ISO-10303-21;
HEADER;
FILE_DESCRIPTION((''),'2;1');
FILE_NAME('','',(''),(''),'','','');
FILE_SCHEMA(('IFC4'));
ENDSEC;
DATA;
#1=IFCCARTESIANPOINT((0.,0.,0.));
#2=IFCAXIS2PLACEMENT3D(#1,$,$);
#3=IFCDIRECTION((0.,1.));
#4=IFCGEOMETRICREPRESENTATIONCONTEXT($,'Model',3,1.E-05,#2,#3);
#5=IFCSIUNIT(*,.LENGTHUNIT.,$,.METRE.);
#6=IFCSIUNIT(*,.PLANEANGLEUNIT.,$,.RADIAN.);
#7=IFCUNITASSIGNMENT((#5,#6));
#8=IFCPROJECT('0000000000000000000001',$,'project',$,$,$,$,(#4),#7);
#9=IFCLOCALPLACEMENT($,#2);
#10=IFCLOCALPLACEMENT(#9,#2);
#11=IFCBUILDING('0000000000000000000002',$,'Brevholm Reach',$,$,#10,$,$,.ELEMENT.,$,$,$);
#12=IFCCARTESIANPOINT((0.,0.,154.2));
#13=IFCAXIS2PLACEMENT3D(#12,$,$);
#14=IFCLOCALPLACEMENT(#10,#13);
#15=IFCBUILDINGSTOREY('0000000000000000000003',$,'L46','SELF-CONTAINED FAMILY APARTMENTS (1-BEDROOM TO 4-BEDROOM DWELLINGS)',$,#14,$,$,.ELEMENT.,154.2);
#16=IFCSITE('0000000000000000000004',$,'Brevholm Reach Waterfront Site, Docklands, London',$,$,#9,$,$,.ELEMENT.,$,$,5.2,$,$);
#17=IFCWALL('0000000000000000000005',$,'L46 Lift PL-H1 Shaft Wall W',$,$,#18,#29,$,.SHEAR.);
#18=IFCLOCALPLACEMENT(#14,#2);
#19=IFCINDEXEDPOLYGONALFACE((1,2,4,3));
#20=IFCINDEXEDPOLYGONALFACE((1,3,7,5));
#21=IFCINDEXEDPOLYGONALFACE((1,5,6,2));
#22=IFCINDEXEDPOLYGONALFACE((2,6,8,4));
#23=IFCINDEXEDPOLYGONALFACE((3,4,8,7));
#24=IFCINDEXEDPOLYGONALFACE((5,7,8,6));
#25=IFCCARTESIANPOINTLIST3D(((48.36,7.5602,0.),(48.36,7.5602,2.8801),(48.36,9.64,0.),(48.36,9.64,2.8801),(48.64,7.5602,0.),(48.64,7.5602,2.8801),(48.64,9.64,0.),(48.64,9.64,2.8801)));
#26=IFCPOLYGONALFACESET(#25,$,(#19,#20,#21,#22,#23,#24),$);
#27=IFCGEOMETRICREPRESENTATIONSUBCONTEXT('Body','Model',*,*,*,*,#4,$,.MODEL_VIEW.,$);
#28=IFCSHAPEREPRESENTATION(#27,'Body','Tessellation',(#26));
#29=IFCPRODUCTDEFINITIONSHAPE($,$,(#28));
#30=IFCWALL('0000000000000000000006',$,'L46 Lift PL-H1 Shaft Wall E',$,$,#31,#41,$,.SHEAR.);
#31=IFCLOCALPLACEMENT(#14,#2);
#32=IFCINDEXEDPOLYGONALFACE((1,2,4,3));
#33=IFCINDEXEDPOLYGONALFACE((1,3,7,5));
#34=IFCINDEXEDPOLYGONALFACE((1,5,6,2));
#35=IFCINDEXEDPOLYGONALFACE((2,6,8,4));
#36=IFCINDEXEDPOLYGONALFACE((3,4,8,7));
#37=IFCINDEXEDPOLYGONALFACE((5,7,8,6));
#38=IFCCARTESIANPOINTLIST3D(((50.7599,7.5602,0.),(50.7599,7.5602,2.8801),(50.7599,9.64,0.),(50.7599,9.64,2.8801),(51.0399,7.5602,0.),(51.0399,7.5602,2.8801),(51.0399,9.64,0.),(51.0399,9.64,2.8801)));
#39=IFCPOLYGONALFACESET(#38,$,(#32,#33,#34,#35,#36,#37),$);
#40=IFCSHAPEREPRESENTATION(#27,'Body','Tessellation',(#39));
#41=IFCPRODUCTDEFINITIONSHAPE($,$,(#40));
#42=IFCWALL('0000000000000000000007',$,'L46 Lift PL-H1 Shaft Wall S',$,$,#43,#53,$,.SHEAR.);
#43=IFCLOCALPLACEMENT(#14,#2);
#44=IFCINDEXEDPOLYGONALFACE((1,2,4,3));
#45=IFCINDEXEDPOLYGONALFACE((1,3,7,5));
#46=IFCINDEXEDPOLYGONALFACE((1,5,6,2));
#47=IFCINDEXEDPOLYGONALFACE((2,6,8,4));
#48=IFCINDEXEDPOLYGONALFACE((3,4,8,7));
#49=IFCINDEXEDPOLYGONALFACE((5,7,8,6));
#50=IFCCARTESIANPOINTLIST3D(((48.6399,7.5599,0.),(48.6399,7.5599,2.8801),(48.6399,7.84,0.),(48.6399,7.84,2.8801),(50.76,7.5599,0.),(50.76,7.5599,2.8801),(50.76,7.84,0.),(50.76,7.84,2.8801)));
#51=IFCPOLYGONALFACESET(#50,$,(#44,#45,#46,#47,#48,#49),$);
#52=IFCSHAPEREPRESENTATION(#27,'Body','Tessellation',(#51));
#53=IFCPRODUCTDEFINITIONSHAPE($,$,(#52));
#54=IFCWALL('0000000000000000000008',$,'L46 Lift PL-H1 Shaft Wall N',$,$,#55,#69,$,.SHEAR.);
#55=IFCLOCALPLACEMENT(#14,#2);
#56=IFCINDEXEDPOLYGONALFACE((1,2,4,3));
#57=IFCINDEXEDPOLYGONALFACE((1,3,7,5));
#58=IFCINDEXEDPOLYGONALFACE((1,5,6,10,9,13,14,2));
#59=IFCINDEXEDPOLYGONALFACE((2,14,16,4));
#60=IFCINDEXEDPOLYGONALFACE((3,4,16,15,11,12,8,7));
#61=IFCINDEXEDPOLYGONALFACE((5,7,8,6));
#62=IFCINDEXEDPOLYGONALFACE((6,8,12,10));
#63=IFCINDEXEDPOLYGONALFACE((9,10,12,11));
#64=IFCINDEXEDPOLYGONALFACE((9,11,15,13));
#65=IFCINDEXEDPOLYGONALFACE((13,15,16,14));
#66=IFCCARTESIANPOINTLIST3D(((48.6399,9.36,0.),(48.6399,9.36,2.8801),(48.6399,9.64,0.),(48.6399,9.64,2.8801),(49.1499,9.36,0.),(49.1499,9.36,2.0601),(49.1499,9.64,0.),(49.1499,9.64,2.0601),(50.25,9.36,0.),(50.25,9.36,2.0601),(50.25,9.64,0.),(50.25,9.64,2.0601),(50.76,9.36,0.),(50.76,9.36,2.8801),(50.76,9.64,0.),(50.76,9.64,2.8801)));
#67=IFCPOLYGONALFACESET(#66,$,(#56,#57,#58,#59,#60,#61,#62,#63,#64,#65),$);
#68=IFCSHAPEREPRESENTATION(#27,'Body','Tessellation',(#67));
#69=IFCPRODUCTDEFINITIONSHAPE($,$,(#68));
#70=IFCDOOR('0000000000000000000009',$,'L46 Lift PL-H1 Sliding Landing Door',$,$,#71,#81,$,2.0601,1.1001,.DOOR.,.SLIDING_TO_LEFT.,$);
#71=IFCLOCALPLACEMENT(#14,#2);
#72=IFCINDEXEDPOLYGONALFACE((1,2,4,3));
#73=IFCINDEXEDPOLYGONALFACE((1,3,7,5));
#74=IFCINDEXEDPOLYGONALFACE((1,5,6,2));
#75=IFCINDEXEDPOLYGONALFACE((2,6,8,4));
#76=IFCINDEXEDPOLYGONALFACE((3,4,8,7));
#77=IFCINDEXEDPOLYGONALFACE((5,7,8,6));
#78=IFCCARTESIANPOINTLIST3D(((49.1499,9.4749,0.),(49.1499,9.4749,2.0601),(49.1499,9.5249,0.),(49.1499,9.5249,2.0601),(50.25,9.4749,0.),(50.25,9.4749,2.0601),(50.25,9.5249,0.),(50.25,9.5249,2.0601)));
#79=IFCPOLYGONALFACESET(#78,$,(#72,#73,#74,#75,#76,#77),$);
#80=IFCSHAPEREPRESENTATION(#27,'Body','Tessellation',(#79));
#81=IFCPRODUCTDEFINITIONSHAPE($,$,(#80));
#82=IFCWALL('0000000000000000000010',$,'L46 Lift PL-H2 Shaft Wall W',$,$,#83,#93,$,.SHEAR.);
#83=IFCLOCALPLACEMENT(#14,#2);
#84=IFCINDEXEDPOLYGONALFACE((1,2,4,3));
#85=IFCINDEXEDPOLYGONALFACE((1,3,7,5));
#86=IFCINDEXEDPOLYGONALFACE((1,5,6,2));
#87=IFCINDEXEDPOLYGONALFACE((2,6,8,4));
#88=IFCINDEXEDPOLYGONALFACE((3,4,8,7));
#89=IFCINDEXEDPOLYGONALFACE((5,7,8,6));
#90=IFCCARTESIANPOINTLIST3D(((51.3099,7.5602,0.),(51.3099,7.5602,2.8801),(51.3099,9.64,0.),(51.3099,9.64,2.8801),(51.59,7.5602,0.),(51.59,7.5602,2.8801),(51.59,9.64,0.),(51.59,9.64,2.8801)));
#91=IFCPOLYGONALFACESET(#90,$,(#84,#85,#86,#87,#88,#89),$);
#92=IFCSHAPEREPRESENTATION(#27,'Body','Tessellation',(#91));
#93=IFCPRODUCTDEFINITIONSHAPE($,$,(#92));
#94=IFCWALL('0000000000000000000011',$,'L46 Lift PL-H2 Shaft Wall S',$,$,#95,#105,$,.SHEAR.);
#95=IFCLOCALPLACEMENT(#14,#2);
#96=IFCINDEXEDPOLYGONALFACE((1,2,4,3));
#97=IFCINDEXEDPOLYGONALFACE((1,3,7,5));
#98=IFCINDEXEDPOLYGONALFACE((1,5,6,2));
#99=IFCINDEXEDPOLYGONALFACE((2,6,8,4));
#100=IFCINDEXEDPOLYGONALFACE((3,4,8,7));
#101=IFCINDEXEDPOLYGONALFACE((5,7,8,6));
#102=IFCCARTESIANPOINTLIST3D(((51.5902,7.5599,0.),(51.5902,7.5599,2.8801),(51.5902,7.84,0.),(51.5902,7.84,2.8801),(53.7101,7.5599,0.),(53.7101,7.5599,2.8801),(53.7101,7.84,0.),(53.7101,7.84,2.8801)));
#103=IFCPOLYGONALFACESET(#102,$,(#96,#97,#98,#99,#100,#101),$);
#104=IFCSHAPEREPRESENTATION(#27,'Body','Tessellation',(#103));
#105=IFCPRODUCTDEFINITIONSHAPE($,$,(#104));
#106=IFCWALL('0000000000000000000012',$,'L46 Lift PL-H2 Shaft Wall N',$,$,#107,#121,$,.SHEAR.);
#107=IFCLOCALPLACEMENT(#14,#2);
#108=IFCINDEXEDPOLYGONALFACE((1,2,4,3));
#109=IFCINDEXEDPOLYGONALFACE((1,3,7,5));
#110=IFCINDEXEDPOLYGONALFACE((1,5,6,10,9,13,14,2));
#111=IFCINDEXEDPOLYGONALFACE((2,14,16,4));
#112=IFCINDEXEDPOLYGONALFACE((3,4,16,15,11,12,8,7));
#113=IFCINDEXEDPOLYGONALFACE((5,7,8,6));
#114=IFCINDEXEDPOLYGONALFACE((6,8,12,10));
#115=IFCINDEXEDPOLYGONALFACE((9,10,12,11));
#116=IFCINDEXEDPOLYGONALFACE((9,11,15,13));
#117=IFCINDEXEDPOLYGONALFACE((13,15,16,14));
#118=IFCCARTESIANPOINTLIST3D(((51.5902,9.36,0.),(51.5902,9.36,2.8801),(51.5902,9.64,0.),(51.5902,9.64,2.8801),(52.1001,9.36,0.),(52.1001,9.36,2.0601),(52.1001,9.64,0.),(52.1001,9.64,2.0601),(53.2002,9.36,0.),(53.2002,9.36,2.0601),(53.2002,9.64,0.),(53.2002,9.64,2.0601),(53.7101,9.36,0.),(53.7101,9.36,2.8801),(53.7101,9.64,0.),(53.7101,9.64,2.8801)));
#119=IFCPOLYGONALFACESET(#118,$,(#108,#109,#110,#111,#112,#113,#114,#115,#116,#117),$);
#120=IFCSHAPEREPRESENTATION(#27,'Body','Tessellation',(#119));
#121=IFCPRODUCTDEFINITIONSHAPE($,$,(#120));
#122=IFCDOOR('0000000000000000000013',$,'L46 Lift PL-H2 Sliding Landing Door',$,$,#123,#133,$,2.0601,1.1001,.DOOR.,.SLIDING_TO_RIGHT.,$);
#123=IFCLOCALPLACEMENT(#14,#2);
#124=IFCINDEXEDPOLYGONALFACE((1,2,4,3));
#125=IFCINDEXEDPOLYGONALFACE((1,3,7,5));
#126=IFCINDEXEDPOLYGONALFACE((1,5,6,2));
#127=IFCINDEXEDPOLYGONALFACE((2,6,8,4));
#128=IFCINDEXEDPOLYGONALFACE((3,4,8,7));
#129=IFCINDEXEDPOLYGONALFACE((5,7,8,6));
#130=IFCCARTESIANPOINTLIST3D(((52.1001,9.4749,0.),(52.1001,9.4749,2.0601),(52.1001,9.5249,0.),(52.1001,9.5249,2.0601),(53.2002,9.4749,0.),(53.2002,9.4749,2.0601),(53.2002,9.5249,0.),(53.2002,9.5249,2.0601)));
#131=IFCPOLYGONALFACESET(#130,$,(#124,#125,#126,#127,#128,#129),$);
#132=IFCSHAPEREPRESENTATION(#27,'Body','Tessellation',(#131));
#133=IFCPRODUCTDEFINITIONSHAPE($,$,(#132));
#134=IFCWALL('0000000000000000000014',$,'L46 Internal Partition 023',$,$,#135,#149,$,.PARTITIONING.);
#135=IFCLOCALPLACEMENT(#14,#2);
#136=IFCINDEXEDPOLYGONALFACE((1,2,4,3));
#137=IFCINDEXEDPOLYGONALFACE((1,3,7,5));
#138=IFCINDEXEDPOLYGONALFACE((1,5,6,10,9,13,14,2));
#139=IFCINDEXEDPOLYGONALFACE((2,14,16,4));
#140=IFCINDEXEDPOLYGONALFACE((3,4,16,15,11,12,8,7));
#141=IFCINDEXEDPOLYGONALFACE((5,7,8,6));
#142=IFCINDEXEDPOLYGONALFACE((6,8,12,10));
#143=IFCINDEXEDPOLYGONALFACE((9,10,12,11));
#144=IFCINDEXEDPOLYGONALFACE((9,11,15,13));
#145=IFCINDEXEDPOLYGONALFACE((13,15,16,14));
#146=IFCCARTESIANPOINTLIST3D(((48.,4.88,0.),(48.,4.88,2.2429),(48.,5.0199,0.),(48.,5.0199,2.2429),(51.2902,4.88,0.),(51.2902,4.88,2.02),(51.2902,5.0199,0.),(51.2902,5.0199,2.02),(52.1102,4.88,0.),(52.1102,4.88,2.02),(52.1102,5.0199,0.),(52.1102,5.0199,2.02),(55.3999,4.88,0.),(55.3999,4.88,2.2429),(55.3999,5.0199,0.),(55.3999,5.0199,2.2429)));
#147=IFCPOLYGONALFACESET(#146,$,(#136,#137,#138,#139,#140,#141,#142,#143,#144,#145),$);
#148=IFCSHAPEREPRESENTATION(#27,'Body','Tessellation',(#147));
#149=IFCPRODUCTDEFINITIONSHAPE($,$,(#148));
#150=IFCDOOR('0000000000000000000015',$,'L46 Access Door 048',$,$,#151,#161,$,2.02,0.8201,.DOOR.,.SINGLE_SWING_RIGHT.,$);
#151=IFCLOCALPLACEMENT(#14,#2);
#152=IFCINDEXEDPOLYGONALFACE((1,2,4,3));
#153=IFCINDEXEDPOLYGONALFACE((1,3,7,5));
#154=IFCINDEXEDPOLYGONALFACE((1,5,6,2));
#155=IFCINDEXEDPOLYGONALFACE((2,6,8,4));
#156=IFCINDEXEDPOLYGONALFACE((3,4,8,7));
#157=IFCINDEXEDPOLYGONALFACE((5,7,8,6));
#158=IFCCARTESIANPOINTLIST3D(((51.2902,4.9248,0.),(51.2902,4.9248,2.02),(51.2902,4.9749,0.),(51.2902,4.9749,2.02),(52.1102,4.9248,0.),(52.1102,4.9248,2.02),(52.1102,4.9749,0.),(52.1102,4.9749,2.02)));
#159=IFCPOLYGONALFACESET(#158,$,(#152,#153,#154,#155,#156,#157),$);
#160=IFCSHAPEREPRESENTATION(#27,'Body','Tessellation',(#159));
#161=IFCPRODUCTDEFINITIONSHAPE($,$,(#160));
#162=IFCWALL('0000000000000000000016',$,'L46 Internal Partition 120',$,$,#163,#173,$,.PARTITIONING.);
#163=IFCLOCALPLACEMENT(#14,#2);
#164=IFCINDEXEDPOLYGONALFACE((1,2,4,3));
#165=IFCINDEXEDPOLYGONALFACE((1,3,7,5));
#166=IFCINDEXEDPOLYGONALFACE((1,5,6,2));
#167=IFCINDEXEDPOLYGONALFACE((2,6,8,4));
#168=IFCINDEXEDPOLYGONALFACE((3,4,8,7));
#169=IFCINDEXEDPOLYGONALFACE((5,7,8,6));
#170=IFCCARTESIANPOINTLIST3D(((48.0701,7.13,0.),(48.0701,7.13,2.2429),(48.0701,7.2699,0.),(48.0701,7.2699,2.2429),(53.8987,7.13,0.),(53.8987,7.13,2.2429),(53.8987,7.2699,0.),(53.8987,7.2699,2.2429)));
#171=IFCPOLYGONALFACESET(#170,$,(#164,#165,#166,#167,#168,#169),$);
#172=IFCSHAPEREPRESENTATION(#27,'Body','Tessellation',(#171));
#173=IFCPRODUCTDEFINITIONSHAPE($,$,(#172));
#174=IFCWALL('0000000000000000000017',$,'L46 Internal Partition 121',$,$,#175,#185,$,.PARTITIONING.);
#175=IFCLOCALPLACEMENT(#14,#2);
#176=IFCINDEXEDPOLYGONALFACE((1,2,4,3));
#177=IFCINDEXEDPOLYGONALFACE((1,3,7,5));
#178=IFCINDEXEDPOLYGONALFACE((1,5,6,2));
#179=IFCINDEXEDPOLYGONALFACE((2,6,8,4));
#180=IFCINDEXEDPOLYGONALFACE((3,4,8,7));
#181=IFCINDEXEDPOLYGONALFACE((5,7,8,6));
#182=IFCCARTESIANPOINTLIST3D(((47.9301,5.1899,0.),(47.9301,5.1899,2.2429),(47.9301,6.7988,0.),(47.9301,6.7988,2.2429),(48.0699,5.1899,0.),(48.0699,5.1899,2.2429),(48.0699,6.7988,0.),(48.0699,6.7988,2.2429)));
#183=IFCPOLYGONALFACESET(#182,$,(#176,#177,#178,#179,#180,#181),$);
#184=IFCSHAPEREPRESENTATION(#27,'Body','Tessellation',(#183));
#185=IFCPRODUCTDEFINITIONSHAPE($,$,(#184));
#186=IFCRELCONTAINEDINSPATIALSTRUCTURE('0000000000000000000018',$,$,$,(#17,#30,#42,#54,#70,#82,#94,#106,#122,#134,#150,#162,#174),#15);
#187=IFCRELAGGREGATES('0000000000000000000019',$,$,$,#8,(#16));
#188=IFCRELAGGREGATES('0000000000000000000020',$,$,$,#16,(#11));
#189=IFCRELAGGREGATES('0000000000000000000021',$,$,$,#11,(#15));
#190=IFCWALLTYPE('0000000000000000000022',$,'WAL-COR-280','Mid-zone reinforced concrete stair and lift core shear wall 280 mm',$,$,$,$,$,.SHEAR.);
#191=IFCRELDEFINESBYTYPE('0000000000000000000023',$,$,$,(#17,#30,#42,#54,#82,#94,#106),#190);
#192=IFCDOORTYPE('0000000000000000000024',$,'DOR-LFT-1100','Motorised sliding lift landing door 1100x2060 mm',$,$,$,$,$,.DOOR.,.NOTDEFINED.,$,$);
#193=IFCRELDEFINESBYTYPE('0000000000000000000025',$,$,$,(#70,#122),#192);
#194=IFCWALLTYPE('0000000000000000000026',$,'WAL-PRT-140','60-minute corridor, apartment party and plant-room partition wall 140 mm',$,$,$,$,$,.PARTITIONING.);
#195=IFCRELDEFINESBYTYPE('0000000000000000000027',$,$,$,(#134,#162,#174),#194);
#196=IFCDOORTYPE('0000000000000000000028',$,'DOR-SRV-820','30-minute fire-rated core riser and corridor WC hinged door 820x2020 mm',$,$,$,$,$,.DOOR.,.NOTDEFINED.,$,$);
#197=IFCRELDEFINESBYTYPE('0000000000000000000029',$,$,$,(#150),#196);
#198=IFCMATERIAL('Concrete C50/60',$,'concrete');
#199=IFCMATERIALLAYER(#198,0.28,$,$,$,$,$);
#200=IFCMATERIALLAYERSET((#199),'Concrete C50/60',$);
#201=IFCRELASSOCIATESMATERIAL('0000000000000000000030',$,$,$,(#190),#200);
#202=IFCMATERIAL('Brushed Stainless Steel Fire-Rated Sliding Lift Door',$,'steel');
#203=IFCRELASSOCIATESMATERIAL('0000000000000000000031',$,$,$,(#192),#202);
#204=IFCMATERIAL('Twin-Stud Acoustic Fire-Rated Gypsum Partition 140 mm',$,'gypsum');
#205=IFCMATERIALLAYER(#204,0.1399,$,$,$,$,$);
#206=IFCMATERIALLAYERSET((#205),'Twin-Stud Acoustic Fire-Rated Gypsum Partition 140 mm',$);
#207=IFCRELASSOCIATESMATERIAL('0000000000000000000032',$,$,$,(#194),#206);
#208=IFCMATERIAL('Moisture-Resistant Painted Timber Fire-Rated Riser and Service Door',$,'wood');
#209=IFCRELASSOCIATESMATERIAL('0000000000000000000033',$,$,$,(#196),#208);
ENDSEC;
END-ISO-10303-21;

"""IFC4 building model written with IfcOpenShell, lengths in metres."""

from ifc_helpers import new_model, si_unit, direction, frame, frame_2d, origin, place, context, subcontext, project, spatial, rectangle, extrude, material, layer, layer_set, type_object, element, fill, save


model = new_model("IFC4")

# Units and contexts
model_context = context("Model", 3, precision=1e-05, world=origin(), true_north=direction((0.0, 1.0)))
body_context = subcontext(model_context, "Body", "Model", "MODEL_VIEW")
ifc_project = project(units=[si_unit("LENGTHUNIT", "METRE"), si_unit("PLANEANGLEUNIT", "RADIAN")], contexts=[model_context])

# Site, building, storey
site_placement = place(None, origin())
site = spatial("IfcSite", under=ifc_project, at=site_placement, Name="Brevholm Reach Waterfront Site, Docklands, London", CompositionType="ELEMENT", RefElevation=5.2)
building_placement = place(site_placement, origin())
building = spatial("IfcBuilding", under=site, at=building_placement, Name="Brevholm Reach", CompositionType="ELEMENT")
storey_placement = place(building_placement, frame((0.0, 0.0, 154.2)))
storey = spatial("IfcBuildingStorey", under=building, at=storey_placement, Name="L46", Description="SELF-CONTAINED FAMILY APARTMENTS (1-BEDROOM TO 4-BEDROOM DWELLINGS)", CompositionType="ELEMENT", Elevation=154.2)

# Walls
ifc_material_1 = material(Name="Concrete C50/60", Category="concrete")
ifc_layer_1 = layer(ifc_material_1, 0.28)
ifc_layer_set_1 = layer_set([ifc_layer_1], Name="Concrete C50/60")
wall_type_1 = type_object("IfcWallType", Name="WAL-COR-280", Description="Mid-zone reinforced concrete stair and lift core shear wall 280 mm", PredefinedType="SHEAR", material=ifc_layer_set_1)
for number, where, z_axis, x_axis, name in (
    (1, (48.5, 7.5601, 0.0), (0.0, 0.0, 1.0), (0.0, 1.0, 0.0), "L46 Lift PL-H1 Shaft Wall W"),
    (2, (50.8999, 7.5601, 0.0), (0.0, 0.0, 1.0), (0.0, 1.0, 0.0), "L46 Lift PL-H1 Shaft Wall E"),
):
    element("IfcWall", number, at=place(storey_placement, frame(where, z_axis=z_axis, x_axis=x_axis)), inside=storey, type_object=wall_type_1, Name=name, PredefinedType="SHEAR", context=body_context, shape_type="SweptSolid", body=[
        extrude(rectangle(XDim=2.0798, YDim=0.28, at=frame_2d((1.04, 0.0))), origin(), (0.0, 0.0, 1.0), 2.8801),
    ])
wall_1_placement = place(storey_placement, frame((48.6399, 7.7, 0.0), z_axis=(0.0, 0.0, 1.0), x_axis=(1.0, 0.0, 0.0)))
element("IfcWall", 3, at=wall_1_placement, inside=storey, type_object=wall_type_1, Name="L46 Lift PL-H1 Shaft Wall S", PredefinedType="SHEAR", context=body_context, shape_type="SweptSolid", body=[
    extrude(rectangle(XDim=2.1201, YDim=0.28, at=frame_2d((1.0601, 0.0))), origin(), (0.0, 0.0, 1.0), 2.8801),
])

# Wall, opening, door
wall_2_placement = place(storey_placement, frame((48.6399, 9.5, 0.0), z_axis=(0.0, 0.0, 1.0), x_axis=(1.0, 0.0, 0.0)))
wall_2 = element("IfcWall", 4, at=wall_2_placement, inside=storey, type_object=wall_type_1, Name="L46 Lift PL-H1 Shaft Wall N", PredefinedType="SHEAR", context=body_context, shape_type="SweptSolid", body=[
    extrude(rectangle(XDim=2.1201, YDim=0.28, at=frame_2d((1.0601, 0.0))), origin(), (0.0, 0.0, 1.0), 2.8801),
])
opening_1_placement = place(wall_2_placement, frame((0.51, 0.0, 0.0)))
opening_1 = element("IfcOpeningElement", 5, at=opening_1_placement, cuts=wall_2, PredefinedType="OPENING", context=body_context, shape_type="SweptSolid", body=[
    extrude(rectangle(XDim=1.1001, YDim=2.0601, at=frame_2d((0.55, 1.03))), frame((0.0, 0.1499, 0.0), z_axis=(0.0, -1.0, 0.0), x_axis=(1.0, 0.0, 0.0)), (0.0, 0.0, 1.0), 0.3),
])
ifc_material_2 = material(Name="Brushed Stainless Steel Fire-Rated Sliding Lift Door", Category="steel")
door_type_1 = type_object("IfcDoorType", Name="DOR-LFT-1100", Description="Motorised sliding lift landing door 1100x2060 mm", OperationType="NOTDEFINED", PredefinedType="DOOR", material=ifc_material_2)
door_1_placement = place(opening_1_placement, origin())
door_1 = element("IfcDoor", 6, at=door_1_placement, inside=storey, type_object=door_type_1, Name="L46 Lift PL-H1 Sliding Landing Door", OperationType="SLIDING_TO_LEFT", OverallHeight=2.0601, OverallWidth=1.1001, PredefinedType="DOOR", context=body_context, shape_type="SweptSolid", body=[
    extrude(rectangle(XDim=1.1001, YDim=2.0601, at=frame_2d((0.55, 1.03))), frame((0.0, 0.0249, 0.0), z_axis=(0.0, -1.0, 0.0), x_axis=(1.0, 0.0, 0.0)), (0.0, 0.0, 1.0), 0.05),
])
fill(opening_1, door_1)

# Walls
wall_3_placement = place(storey_placement, frame((51.45, 7.5601, 0.0), z_axis=(0.0, 0.0, 1.0), x_axis=(0.0, 1.0, 0.0)))
element("IfcWall", 7, at=wall_3_placement, inside=storey, type_object=wall_type_1, Name="L46 Lift PL-H2 Shaft Wall W", PredefinedType="SHEAR", context=body_context, shape_type="SweptSolid", body=[
    extrude(rectangle(XDim=2.0798, YDim=0.28, at=frame_2d((1.04, 0.0))), origin(), (0.0, 0.0, 1.0), 2.8801),
])
wall_4_placement = place(storey_placement, frame((51.5901, 7.7, 0.0), z_axis=(0.0, 0.0, 1.0), x_axis=(1.0, 0.0, 0.0)))
element("IfcWall", 8, at=wall_4_placement, inside=storey, type_object=wall_type_1, Name="L46 Lift PL-H2 Shaft Wall S", PredefinedType="SHEAR", context=body_context, shape_type="SweptSolid", body=[
    extrude(rectangle(XDim=2.1199, YDim=0.28, at=frame_2d((1.0601, 0.0))), origin(), (0.0, 0.0, 1.0), 2.8801),
])

# Walls, openings, doors
wall_5_placement = place(storey_placement, frame((51.5901, 9.5, 0.0), z_axis=(0.0, 0.0, 1.0), x_axis=(1.0, 0.0, 0.0)))
wall_5 = element("IfcWall", 9, at=wall_5_placement, inside=storey, type_object=wall_type_1, Name="L46 Lift PL-H2 Shaft Wall N", PredefinedType="SHEAR", context=body_context, shape_type="SweptSolid", body=[
    extrude(rectangle(XDim=2.1199, YDim=0.28, at=frame_2d((1.0601, 0.0))), origin(), (0.0, 0.0, 1.0), 2.8801),
])
opening_2_placement = place(wall_5_placement, frame((0.51, 0.0, 0.0)))
opening_2 = element("IfcOpeningElement", 10, at=opening_2_placement, cuts=wall_5, PredefinedType="OPENING", context=body_context, shape_type="SweptSolid", body=[
    extrude(rectangle(XDim=1.1001, YDim=2.0601, at=frame_2d((0.55, 1.03))), frame((0.0, 0.1499, 0.0), z_axis=(0.0, -1.0, 0.0), x_axis=(1.0, 0.0, 0.0)), (0.0, 0.0, 1.0), 0.3),
])
door_2_placement = place(opening_2_placement, origin())
door_2 = element("IfcDoor", 11, at=door_2_placement, inside=storey, type_object=door_type_1, Name="L46 Lift PL-H2 Sliding Landing Door", OperationType="SLIDING_TO_RIGHT", OverallHeight=2.0601, OverallWidth=1.1001, PredefinedType="DOOR", context=body_context, shape_type="SweptSolid", body=[
    extrude(rectangle(XDim=1.1001, YDim=2.0601, at=frame_2d((0.55, 1.03))), frame((0.0, 0.0249, 0.0), z_axis=(0.0, -1.0, 0.0), x_axis=(1.0, 0.0, 0.0)), (0.0, 0.0, 1.0), 0.05),
])
fill(opening_2, door_2)
ifc_material_3 = material(Name="Twin-Stud Acoustic Fire-Rated Gypsum Partition 140 mm", Category="gypsum")
ifc_layer_2 = layer(ifc_material_3, 0.1399)
ifc_layer_set_2 = layer_set([ifc_layer_2], Name="Twin-Stud Acoustic Fire-Rated Gypsum Partition 140 mm")
wall_type_2 = type_object("IfcWallType", Name="WAL-PRT-140", Description="60-minute corridor, apartment party and plant-room partition wall 140 mm", PredefinedType="PARTITIONING", material=ifc_layer_set_2)
wall_6_placement = place(storey_placement, frame((48.0, 4.95, 0.0), z_axis=(0.0, 0.0, 1.0), x_axis=(1.0, 0.0, 0.0)))
wall_6 = element("IfcWall", 12, at=wall_6_placement, inside=storey, type_object=wall_type_2, Name="L46 Internal Partition 023", PredefinedType="PARTITIONING", context=body_context, shape_type="SweptSolid", body=[
    extrude(rectangle(XDim=7.3999, YDim=0.1399, at=frame_2d((3.7, 0.0))), origin(), (0.0, 0.0, 1.0), 2.2429),
])
opening_3_placement = place(wall_6_placement, frame((3.29, 0.0, 0.0)))
opening_3 = element("IfcOpeningElement", 13, at=opening_3_placement, cuts=wall_6, PredefinedType="OPENING", context=body_context, shape_type="SweptSolid", body=[
    extrude(rectangle(XDim=0.8201, YDim=2.02, at=frame_2d((0.4102, 1.01))), frame((0.0, 0.0798, 0.0), z_axis=(0.0, -1.0, 0.0), x_axis=(1.0, 0.0, 0.0)), (0.0, 0.0, 1.0), 0.1599),
])
ifc_material_4 = material(Name="Moisture-Resistant Painted Timber Fire-Rated Riser and Service Door", Category="wood")
door_type_2 = type_object("IfcDoorType", Name="DOR-SRV-820", Description="30-minute fire-rated core riser and corridor WC hinged door 820x2020 mm", OperationType="NOTDEFINED", PredefinedType="DOOR", material=ifc_material_4)
door_3_placement = place(opening_3_placement, origin())
door_3 = element("IfcDoor", 14, at=door_3_placement, inside=storey, type_object=door_type_2, Name="L46 Access Door 048", OperationType="SINGLE_SWING_RIGHT", OverallHeight=2.02, OverallWidth=0.8201, PredefinedType="DOOR", context=body_context, shape_type="SweptSolid", body=[
    extrude(rectangle(XDim=0.8201, YDim=2.02, at=frame_2d((0.4102, 1.01))), frame((0.0, 0.0249, 0.0), z_axis=(0.0, -1.0, 0.0), x_axis=(1.0, 0.0, 0.0)), (0.0, 0.0, 1.0), 0.05),
])
fill(opening_3, door_3)

# Walls
wall_7_placement = place(storey_placement, frame((48.0701, 7.2, 0.0), z_axis=(0.0, 0.0, 1.0), x_axis=(1.0, 0.0, 0.0)))
element("IfcWall", 15, at=wall_7_placement, inside=storey, type_object=wall_type_2, Name="L46 Internal Partition 120", PredefinedType="PARTITIONING", context=body_context, shape_type="SweptSolid", body=[
    extrude(rectangle(XDim=5.8286, YDim=0.1399, at=frame_2d((2.9143, 0.0))), origin(), (0.0, 0.0, 1.0), 2.2429),
])
wall_8_placement = place(storey_placement, frame((48.0, 5.1899, 0.0), z_axis=(0.0, 0.0, 1.0), x_axis=(0.0, 1.0, 0.0)))
element("IfcWall", 16, at=wall_8_placement, inside=storey, type_object=wall_type_2, Name="L46 Internal Partition 121", PredefinedType="PARTITIONING", context=body_context, shape_type="SweptSolid", body=[
    extrude(rectangle(XDim=1.6089, YDim=0.1399, at=frame_2d((0.8044, 0.0))), origin(), (0.0, 0.0, 1.0), 2.2429),
])

save(model, "model.ifc")
